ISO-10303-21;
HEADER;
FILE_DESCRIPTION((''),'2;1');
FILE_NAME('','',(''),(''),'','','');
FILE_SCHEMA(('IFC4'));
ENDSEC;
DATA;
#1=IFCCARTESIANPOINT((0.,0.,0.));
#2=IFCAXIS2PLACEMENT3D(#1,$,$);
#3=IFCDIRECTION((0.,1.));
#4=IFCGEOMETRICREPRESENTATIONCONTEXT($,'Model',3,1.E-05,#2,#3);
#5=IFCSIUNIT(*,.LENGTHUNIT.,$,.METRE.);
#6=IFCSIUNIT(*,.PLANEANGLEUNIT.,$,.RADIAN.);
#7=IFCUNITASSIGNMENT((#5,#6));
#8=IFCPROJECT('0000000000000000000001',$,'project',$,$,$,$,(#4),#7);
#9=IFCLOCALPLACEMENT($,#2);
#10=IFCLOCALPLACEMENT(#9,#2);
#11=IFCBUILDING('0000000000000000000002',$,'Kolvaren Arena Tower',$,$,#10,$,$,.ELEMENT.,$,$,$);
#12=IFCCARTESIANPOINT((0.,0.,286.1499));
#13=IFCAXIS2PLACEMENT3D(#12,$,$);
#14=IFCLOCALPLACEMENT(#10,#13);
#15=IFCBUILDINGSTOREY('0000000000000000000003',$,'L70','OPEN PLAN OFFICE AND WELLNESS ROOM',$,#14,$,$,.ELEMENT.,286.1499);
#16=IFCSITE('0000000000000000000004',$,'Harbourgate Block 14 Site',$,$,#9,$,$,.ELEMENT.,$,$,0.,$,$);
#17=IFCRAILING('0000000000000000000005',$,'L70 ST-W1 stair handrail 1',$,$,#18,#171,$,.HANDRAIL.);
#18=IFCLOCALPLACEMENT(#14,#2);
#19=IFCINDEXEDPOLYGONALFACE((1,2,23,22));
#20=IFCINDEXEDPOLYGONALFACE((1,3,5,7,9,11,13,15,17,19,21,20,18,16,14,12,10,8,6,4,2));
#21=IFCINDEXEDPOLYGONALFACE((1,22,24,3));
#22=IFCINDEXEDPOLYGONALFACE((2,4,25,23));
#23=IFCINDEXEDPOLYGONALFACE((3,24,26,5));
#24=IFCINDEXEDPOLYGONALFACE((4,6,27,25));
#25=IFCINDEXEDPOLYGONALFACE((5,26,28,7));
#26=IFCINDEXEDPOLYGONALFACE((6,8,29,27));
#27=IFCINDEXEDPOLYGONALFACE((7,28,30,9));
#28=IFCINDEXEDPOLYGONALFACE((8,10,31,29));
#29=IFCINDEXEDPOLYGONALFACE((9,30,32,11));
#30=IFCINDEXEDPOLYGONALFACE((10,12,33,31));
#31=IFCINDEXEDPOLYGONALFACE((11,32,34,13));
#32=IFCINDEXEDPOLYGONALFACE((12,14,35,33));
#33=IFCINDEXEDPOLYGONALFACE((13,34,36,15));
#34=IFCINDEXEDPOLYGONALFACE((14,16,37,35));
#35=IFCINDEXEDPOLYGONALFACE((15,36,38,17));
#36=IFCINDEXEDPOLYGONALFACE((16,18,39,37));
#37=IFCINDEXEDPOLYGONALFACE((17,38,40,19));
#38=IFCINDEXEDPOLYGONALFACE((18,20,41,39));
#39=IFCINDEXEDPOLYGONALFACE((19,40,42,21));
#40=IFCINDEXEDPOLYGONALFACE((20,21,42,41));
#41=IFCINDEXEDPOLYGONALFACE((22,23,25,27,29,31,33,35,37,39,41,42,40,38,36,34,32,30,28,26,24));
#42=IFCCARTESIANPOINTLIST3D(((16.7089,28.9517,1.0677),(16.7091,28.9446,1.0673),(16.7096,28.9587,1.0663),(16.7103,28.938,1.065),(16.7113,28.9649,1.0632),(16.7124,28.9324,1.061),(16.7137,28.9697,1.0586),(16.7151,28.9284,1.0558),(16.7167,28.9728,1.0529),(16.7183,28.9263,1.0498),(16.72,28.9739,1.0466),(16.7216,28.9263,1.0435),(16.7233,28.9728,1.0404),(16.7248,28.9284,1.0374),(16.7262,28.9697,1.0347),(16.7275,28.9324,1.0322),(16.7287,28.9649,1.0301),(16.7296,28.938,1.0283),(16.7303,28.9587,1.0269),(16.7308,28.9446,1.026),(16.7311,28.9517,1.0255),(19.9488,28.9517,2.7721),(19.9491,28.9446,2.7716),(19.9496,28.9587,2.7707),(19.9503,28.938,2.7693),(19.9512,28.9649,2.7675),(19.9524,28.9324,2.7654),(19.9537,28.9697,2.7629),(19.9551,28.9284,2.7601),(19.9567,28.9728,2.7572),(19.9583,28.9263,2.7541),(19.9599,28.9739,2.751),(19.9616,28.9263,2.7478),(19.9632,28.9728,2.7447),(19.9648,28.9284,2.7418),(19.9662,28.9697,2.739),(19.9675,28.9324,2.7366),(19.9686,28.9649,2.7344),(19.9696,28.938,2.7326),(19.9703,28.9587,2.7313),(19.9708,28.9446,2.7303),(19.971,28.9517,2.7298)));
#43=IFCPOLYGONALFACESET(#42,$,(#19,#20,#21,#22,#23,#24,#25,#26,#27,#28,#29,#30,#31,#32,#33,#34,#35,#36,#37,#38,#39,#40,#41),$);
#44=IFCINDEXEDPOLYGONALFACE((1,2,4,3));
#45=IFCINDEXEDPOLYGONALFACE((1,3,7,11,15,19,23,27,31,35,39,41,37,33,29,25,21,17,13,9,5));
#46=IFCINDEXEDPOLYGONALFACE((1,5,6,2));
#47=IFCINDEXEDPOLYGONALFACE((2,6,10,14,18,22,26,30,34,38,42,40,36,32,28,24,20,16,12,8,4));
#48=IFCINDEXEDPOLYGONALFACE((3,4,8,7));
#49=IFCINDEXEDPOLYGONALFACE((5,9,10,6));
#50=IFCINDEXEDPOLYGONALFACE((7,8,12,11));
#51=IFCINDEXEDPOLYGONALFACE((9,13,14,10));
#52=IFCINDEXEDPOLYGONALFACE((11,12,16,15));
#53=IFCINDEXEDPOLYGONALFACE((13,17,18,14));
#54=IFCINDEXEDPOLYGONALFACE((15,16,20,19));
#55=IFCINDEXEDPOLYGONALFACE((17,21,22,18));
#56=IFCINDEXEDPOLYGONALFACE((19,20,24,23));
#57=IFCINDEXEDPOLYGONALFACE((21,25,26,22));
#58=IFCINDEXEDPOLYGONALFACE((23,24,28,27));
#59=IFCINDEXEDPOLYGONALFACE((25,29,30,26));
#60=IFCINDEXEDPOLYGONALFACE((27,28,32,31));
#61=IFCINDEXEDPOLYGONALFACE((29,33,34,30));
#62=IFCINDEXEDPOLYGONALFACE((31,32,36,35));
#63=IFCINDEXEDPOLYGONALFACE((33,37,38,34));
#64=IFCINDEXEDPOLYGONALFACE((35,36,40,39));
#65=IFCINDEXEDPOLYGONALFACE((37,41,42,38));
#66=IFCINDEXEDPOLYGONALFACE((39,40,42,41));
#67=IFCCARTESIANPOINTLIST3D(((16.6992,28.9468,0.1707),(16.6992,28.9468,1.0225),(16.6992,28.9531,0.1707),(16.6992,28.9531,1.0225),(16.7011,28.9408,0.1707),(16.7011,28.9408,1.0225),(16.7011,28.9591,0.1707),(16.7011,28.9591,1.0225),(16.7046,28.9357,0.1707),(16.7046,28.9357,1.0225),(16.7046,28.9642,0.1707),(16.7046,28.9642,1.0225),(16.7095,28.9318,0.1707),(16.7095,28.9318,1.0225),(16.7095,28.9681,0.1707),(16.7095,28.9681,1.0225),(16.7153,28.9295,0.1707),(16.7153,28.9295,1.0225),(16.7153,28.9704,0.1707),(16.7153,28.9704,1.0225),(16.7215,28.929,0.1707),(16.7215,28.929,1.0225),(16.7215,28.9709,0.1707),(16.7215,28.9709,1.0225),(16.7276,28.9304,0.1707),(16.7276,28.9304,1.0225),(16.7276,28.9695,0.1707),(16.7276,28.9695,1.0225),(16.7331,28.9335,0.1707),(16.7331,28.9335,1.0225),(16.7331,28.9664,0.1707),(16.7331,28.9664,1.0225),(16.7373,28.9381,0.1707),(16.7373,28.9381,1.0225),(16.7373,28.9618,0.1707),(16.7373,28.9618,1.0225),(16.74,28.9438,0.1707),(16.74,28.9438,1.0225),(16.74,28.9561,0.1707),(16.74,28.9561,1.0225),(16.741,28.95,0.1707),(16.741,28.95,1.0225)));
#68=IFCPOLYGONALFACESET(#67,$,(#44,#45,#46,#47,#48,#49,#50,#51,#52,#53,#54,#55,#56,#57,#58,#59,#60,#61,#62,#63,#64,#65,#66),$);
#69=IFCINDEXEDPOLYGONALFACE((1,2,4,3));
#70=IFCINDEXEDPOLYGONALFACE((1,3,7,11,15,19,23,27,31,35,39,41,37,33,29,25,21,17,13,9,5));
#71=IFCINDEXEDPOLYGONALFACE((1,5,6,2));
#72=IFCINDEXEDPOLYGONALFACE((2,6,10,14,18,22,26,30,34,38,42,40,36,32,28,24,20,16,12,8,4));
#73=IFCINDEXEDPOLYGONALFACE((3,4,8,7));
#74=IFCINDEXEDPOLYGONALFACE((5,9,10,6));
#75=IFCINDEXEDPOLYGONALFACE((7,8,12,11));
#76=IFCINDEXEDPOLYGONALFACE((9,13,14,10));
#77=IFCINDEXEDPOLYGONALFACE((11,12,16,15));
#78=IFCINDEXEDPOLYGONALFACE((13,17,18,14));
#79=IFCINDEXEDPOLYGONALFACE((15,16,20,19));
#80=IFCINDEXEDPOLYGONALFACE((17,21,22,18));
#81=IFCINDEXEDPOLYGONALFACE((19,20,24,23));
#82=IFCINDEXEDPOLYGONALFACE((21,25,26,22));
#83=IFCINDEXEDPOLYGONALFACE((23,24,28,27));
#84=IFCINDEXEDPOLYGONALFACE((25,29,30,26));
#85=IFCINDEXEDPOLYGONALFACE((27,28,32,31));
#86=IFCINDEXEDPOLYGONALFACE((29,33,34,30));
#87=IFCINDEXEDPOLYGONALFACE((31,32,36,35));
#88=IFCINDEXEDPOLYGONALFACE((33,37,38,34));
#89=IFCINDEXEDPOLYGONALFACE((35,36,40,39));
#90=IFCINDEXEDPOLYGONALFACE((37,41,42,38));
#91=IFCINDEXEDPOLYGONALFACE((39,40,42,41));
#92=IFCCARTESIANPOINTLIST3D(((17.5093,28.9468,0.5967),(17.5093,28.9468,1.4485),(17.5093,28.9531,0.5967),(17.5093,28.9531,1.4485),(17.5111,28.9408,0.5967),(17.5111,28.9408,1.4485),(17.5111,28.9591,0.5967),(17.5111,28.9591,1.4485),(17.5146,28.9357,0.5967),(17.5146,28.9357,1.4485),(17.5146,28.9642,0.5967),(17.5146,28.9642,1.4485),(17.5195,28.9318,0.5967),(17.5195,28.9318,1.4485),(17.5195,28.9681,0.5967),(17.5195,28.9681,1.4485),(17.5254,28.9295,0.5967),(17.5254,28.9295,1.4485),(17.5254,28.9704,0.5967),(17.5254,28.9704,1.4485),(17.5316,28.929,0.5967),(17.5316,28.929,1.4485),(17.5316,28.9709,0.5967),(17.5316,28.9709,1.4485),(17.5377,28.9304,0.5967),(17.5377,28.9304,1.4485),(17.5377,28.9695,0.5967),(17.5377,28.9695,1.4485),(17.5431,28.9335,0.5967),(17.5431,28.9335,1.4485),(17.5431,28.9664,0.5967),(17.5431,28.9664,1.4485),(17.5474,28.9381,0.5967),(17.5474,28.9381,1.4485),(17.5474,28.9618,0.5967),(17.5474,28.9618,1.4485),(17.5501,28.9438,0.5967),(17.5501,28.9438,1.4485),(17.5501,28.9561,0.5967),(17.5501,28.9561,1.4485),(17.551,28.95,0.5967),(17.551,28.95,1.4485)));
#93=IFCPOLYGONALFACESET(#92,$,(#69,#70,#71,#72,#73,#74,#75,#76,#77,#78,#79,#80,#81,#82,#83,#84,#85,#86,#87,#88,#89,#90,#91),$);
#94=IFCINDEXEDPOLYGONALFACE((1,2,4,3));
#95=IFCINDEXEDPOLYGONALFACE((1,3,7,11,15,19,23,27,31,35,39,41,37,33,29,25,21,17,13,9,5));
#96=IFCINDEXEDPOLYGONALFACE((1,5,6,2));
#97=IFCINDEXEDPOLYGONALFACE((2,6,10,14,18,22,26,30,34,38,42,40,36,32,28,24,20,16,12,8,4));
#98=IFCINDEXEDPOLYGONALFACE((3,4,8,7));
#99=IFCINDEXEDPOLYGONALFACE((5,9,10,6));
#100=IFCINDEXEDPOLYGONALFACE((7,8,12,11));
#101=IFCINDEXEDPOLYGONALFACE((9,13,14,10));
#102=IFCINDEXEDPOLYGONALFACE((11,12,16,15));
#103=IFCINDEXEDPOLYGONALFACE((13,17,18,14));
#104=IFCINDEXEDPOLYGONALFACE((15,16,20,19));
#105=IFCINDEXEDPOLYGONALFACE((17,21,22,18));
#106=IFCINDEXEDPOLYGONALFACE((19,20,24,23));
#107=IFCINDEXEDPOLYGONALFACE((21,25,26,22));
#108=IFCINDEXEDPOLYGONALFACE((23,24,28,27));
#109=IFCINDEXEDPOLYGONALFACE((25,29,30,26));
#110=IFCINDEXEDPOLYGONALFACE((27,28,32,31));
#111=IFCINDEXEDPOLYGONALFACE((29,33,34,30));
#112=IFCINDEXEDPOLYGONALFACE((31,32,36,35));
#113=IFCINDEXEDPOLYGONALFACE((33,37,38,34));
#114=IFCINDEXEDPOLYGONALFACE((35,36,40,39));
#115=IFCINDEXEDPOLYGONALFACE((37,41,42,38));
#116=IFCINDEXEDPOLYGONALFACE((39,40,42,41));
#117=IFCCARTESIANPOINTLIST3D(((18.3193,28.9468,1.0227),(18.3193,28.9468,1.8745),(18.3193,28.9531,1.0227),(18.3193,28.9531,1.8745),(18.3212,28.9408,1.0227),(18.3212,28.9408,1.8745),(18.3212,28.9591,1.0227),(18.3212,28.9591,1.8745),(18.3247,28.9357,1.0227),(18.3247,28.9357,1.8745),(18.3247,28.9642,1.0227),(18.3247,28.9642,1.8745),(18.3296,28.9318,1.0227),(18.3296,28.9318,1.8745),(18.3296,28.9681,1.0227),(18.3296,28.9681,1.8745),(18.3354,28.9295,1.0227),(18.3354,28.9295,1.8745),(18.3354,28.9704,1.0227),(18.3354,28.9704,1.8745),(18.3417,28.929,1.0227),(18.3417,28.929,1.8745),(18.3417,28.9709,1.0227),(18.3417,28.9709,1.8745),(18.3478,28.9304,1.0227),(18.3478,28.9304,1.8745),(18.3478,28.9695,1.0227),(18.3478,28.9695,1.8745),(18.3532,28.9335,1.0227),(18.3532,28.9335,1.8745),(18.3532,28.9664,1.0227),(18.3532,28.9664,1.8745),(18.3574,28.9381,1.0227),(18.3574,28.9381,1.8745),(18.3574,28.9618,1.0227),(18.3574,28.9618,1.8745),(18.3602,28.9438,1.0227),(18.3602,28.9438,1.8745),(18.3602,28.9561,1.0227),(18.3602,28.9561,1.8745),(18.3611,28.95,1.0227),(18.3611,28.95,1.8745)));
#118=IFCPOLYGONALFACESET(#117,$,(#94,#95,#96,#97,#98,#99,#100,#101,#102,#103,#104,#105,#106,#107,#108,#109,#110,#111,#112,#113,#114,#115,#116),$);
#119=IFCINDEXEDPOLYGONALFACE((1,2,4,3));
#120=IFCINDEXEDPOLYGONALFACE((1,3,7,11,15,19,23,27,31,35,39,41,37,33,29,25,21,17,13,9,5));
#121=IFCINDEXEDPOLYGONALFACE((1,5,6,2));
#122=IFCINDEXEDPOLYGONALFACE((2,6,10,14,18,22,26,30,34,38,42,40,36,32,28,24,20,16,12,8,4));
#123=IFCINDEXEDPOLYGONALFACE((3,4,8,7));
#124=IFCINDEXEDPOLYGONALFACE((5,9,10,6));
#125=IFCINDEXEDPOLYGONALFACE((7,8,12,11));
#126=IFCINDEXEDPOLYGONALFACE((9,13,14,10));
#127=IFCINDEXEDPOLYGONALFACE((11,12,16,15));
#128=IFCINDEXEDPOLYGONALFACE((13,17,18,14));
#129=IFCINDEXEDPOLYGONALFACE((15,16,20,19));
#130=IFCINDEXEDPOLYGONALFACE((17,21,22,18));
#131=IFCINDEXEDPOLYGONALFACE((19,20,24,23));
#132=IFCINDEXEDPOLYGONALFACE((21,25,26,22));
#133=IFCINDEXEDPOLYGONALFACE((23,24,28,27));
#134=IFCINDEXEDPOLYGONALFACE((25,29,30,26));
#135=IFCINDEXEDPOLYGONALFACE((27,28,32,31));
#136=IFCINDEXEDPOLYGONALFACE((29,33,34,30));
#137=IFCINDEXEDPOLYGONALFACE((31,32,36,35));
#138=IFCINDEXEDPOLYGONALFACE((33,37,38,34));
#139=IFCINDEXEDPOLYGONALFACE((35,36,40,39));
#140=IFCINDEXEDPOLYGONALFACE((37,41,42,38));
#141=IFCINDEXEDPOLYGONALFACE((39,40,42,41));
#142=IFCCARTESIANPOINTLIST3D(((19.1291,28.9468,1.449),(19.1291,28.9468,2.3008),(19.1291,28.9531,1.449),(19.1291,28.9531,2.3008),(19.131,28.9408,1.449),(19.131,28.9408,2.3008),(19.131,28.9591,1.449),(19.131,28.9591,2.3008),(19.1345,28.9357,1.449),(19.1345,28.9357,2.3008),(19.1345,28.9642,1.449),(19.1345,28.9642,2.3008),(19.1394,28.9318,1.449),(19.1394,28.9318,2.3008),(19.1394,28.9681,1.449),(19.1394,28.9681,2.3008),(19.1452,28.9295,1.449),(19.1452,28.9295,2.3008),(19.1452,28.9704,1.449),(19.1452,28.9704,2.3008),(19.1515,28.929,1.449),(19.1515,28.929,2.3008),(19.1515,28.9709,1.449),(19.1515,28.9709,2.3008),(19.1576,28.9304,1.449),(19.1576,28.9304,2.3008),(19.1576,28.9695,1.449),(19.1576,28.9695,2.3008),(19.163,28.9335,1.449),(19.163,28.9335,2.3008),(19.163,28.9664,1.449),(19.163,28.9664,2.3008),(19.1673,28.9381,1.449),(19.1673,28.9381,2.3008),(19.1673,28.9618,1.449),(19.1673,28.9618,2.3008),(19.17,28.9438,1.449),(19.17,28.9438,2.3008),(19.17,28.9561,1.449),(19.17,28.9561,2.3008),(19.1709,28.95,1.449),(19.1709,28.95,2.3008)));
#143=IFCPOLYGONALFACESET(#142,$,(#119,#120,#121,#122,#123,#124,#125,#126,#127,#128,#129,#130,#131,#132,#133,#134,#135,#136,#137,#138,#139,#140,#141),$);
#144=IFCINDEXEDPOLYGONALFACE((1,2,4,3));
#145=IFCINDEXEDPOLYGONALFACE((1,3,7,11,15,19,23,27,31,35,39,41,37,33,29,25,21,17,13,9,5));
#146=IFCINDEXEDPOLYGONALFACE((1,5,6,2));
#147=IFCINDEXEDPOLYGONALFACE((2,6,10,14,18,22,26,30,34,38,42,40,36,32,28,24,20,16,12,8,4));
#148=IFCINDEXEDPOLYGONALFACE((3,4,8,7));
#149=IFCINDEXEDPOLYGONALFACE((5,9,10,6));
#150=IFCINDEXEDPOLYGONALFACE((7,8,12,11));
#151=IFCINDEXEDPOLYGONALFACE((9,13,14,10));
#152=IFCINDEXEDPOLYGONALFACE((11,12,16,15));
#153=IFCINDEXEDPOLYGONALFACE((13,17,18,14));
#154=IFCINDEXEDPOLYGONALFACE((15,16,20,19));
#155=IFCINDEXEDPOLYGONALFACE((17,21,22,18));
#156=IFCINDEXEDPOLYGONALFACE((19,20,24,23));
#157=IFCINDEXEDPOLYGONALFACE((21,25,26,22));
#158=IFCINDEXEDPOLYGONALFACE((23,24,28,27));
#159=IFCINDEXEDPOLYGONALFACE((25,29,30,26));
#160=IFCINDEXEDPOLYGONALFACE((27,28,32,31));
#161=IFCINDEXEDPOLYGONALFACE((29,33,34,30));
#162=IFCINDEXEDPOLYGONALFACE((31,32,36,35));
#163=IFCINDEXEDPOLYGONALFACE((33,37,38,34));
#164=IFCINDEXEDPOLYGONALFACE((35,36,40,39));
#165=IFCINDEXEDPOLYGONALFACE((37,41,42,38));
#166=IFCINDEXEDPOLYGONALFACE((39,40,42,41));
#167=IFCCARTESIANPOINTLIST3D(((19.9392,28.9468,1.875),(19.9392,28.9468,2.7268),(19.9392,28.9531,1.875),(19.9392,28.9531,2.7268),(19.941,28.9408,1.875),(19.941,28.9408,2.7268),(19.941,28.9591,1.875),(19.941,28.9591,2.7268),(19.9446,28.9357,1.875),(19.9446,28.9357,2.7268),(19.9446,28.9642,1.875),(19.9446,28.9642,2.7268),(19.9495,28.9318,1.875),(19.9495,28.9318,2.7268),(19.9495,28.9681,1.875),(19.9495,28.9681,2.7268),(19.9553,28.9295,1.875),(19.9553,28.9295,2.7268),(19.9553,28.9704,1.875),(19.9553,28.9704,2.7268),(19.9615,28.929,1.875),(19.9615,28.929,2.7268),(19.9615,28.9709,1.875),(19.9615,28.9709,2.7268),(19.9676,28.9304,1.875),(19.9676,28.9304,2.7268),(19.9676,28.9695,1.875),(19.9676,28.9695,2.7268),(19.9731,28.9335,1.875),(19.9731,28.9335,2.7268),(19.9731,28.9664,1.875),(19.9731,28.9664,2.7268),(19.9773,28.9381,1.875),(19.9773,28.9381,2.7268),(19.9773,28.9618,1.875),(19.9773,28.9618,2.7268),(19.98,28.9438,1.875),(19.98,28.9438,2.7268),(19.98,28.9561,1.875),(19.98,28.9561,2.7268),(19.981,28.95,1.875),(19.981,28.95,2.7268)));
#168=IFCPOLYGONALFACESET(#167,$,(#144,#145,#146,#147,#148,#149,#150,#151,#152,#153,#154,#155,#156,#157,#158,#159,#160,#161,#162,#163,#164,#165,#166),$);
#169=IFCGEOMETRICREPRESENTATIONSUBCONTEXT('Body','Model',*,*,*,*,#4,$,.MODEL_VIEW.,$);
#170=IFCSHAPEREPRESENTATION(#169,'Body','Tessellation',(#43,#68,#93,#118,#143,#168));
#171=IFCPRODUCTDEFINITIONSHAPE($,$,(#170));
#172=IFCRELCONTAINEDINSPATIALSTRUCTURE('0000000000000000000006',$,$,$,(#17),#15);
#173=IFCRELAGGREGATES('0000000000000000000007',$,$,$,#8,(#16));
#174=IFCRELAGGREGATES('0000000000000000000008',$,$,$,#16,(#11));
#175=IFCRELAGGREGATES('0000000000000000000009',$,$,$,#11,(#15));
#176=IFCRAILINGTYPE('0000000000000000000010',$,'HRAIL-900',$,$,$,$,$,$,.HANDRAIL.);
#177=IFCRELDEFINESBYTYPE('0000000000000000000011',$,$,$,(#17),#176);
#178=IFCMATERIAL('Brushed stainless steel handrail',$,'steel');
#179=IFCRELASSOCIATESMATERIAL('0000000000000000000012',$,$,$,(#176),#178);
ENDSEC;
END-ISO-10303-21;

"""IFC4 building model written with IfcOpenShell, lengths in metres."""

from ifc_helpers import new_model, si_unit, direction, frame, origin, origin_2d, place, context, subcontext, project, spatial, circle, extrude, material, type_object, element, save


model = new_model("IFC4")

# Units and contexts
model_context = context("Model", 3, precision=1e-05, world=origin(), true_north=direction((0.0, 1.0)))
body_context = subcontext(model_context, "Body", "Model", "MODEL_VIEW")
ifc_project = project(units=[si_unit("LENGTHUNIT", "METRE"), si_unit("PLANEANGLEUNIT", "RADIAN")], contexts=[model_context])

# Site, building, storey
site_placement = place(None, origin())
site = spatial("IfcSite", under=ifc_project, at=site_placement, Name="Harbourgate Block 14 Site", CompositionType="ELEMENT", RefElevation=0.0)
building_placement = place(site_placement, origin())
building = spatial("IfcBuilding", under=site, at=building_placement, Name="Kolvaren Arena Tower", CompositionType="ELEMENT")
storey_placement = place(building_placement, frame((0.0, 0.0, 286.1499)))
storey = spatial("IfcBuildingStorey", under=building, at=storey_placement, Name="L70", Description="OPEN PLAN OFFICE AND WELLNESS ROOM", CompositionType="ELEMENT", Elevation=286.1499)

# Railing
ifc_material_1 = material(Name="Brushed stainless steel handrail", Category="steel")
railing_type_1 = type_object("IfcRailingType", Name="HRAIL-900", PredefinedType="HANDRAIL", material=ifc_material_1)
railing_1_placement = place(storey_placement, frame((16.72, 28.95, 0.1707)))
element("IfcRailing", 1, at=railing_1_placement, inside=storey, type_object=railing_type_1, Name="L70 ST-W1 stair handrail 1", PredefinedType="HANDRAIL", context=body_context, shape_type="SweptSolid", body=[
    extrude(circle(Radius=0.0239, at=origin_2d()), frame((0.0, 0.0, 0.876), z_axis=(0.885021, 0.0, 0.465551), x_axis=(0.0, 1.0, 0.0)), (0.0, 0.0, 1.0), 3.6609),
    extrude(circle(Radius=0.021, at=origin_2d()), origin(), (0.0, 0.0, 1.0), 0.8518),
    extrude(circle(Radius=0.021, at=origin_2d()), frame((0.8101, 0.0, 0.426)), (0.0, 0.0, 1.0), 0.8518),
    extrude(circle(Radius=0.021, at=origin_2d()), frame((1.6201, 0.0, 0.8521)), (0.0, 0.0, 1.0), 0.8518),
    extrude(circle(Radius=0.021, at=origin_2d()), frame((2.4299, 0.0, 1.2783)), (0.0, 0.0, 1.0), 0.8518),
    extrude(circle(Radius=0.021, at=origin_2d()), frame((3.24, 0.0, 1.7043)), (0.0, 0.0, 1.0), 0.8518),
])

save(model, "model.ifc")
